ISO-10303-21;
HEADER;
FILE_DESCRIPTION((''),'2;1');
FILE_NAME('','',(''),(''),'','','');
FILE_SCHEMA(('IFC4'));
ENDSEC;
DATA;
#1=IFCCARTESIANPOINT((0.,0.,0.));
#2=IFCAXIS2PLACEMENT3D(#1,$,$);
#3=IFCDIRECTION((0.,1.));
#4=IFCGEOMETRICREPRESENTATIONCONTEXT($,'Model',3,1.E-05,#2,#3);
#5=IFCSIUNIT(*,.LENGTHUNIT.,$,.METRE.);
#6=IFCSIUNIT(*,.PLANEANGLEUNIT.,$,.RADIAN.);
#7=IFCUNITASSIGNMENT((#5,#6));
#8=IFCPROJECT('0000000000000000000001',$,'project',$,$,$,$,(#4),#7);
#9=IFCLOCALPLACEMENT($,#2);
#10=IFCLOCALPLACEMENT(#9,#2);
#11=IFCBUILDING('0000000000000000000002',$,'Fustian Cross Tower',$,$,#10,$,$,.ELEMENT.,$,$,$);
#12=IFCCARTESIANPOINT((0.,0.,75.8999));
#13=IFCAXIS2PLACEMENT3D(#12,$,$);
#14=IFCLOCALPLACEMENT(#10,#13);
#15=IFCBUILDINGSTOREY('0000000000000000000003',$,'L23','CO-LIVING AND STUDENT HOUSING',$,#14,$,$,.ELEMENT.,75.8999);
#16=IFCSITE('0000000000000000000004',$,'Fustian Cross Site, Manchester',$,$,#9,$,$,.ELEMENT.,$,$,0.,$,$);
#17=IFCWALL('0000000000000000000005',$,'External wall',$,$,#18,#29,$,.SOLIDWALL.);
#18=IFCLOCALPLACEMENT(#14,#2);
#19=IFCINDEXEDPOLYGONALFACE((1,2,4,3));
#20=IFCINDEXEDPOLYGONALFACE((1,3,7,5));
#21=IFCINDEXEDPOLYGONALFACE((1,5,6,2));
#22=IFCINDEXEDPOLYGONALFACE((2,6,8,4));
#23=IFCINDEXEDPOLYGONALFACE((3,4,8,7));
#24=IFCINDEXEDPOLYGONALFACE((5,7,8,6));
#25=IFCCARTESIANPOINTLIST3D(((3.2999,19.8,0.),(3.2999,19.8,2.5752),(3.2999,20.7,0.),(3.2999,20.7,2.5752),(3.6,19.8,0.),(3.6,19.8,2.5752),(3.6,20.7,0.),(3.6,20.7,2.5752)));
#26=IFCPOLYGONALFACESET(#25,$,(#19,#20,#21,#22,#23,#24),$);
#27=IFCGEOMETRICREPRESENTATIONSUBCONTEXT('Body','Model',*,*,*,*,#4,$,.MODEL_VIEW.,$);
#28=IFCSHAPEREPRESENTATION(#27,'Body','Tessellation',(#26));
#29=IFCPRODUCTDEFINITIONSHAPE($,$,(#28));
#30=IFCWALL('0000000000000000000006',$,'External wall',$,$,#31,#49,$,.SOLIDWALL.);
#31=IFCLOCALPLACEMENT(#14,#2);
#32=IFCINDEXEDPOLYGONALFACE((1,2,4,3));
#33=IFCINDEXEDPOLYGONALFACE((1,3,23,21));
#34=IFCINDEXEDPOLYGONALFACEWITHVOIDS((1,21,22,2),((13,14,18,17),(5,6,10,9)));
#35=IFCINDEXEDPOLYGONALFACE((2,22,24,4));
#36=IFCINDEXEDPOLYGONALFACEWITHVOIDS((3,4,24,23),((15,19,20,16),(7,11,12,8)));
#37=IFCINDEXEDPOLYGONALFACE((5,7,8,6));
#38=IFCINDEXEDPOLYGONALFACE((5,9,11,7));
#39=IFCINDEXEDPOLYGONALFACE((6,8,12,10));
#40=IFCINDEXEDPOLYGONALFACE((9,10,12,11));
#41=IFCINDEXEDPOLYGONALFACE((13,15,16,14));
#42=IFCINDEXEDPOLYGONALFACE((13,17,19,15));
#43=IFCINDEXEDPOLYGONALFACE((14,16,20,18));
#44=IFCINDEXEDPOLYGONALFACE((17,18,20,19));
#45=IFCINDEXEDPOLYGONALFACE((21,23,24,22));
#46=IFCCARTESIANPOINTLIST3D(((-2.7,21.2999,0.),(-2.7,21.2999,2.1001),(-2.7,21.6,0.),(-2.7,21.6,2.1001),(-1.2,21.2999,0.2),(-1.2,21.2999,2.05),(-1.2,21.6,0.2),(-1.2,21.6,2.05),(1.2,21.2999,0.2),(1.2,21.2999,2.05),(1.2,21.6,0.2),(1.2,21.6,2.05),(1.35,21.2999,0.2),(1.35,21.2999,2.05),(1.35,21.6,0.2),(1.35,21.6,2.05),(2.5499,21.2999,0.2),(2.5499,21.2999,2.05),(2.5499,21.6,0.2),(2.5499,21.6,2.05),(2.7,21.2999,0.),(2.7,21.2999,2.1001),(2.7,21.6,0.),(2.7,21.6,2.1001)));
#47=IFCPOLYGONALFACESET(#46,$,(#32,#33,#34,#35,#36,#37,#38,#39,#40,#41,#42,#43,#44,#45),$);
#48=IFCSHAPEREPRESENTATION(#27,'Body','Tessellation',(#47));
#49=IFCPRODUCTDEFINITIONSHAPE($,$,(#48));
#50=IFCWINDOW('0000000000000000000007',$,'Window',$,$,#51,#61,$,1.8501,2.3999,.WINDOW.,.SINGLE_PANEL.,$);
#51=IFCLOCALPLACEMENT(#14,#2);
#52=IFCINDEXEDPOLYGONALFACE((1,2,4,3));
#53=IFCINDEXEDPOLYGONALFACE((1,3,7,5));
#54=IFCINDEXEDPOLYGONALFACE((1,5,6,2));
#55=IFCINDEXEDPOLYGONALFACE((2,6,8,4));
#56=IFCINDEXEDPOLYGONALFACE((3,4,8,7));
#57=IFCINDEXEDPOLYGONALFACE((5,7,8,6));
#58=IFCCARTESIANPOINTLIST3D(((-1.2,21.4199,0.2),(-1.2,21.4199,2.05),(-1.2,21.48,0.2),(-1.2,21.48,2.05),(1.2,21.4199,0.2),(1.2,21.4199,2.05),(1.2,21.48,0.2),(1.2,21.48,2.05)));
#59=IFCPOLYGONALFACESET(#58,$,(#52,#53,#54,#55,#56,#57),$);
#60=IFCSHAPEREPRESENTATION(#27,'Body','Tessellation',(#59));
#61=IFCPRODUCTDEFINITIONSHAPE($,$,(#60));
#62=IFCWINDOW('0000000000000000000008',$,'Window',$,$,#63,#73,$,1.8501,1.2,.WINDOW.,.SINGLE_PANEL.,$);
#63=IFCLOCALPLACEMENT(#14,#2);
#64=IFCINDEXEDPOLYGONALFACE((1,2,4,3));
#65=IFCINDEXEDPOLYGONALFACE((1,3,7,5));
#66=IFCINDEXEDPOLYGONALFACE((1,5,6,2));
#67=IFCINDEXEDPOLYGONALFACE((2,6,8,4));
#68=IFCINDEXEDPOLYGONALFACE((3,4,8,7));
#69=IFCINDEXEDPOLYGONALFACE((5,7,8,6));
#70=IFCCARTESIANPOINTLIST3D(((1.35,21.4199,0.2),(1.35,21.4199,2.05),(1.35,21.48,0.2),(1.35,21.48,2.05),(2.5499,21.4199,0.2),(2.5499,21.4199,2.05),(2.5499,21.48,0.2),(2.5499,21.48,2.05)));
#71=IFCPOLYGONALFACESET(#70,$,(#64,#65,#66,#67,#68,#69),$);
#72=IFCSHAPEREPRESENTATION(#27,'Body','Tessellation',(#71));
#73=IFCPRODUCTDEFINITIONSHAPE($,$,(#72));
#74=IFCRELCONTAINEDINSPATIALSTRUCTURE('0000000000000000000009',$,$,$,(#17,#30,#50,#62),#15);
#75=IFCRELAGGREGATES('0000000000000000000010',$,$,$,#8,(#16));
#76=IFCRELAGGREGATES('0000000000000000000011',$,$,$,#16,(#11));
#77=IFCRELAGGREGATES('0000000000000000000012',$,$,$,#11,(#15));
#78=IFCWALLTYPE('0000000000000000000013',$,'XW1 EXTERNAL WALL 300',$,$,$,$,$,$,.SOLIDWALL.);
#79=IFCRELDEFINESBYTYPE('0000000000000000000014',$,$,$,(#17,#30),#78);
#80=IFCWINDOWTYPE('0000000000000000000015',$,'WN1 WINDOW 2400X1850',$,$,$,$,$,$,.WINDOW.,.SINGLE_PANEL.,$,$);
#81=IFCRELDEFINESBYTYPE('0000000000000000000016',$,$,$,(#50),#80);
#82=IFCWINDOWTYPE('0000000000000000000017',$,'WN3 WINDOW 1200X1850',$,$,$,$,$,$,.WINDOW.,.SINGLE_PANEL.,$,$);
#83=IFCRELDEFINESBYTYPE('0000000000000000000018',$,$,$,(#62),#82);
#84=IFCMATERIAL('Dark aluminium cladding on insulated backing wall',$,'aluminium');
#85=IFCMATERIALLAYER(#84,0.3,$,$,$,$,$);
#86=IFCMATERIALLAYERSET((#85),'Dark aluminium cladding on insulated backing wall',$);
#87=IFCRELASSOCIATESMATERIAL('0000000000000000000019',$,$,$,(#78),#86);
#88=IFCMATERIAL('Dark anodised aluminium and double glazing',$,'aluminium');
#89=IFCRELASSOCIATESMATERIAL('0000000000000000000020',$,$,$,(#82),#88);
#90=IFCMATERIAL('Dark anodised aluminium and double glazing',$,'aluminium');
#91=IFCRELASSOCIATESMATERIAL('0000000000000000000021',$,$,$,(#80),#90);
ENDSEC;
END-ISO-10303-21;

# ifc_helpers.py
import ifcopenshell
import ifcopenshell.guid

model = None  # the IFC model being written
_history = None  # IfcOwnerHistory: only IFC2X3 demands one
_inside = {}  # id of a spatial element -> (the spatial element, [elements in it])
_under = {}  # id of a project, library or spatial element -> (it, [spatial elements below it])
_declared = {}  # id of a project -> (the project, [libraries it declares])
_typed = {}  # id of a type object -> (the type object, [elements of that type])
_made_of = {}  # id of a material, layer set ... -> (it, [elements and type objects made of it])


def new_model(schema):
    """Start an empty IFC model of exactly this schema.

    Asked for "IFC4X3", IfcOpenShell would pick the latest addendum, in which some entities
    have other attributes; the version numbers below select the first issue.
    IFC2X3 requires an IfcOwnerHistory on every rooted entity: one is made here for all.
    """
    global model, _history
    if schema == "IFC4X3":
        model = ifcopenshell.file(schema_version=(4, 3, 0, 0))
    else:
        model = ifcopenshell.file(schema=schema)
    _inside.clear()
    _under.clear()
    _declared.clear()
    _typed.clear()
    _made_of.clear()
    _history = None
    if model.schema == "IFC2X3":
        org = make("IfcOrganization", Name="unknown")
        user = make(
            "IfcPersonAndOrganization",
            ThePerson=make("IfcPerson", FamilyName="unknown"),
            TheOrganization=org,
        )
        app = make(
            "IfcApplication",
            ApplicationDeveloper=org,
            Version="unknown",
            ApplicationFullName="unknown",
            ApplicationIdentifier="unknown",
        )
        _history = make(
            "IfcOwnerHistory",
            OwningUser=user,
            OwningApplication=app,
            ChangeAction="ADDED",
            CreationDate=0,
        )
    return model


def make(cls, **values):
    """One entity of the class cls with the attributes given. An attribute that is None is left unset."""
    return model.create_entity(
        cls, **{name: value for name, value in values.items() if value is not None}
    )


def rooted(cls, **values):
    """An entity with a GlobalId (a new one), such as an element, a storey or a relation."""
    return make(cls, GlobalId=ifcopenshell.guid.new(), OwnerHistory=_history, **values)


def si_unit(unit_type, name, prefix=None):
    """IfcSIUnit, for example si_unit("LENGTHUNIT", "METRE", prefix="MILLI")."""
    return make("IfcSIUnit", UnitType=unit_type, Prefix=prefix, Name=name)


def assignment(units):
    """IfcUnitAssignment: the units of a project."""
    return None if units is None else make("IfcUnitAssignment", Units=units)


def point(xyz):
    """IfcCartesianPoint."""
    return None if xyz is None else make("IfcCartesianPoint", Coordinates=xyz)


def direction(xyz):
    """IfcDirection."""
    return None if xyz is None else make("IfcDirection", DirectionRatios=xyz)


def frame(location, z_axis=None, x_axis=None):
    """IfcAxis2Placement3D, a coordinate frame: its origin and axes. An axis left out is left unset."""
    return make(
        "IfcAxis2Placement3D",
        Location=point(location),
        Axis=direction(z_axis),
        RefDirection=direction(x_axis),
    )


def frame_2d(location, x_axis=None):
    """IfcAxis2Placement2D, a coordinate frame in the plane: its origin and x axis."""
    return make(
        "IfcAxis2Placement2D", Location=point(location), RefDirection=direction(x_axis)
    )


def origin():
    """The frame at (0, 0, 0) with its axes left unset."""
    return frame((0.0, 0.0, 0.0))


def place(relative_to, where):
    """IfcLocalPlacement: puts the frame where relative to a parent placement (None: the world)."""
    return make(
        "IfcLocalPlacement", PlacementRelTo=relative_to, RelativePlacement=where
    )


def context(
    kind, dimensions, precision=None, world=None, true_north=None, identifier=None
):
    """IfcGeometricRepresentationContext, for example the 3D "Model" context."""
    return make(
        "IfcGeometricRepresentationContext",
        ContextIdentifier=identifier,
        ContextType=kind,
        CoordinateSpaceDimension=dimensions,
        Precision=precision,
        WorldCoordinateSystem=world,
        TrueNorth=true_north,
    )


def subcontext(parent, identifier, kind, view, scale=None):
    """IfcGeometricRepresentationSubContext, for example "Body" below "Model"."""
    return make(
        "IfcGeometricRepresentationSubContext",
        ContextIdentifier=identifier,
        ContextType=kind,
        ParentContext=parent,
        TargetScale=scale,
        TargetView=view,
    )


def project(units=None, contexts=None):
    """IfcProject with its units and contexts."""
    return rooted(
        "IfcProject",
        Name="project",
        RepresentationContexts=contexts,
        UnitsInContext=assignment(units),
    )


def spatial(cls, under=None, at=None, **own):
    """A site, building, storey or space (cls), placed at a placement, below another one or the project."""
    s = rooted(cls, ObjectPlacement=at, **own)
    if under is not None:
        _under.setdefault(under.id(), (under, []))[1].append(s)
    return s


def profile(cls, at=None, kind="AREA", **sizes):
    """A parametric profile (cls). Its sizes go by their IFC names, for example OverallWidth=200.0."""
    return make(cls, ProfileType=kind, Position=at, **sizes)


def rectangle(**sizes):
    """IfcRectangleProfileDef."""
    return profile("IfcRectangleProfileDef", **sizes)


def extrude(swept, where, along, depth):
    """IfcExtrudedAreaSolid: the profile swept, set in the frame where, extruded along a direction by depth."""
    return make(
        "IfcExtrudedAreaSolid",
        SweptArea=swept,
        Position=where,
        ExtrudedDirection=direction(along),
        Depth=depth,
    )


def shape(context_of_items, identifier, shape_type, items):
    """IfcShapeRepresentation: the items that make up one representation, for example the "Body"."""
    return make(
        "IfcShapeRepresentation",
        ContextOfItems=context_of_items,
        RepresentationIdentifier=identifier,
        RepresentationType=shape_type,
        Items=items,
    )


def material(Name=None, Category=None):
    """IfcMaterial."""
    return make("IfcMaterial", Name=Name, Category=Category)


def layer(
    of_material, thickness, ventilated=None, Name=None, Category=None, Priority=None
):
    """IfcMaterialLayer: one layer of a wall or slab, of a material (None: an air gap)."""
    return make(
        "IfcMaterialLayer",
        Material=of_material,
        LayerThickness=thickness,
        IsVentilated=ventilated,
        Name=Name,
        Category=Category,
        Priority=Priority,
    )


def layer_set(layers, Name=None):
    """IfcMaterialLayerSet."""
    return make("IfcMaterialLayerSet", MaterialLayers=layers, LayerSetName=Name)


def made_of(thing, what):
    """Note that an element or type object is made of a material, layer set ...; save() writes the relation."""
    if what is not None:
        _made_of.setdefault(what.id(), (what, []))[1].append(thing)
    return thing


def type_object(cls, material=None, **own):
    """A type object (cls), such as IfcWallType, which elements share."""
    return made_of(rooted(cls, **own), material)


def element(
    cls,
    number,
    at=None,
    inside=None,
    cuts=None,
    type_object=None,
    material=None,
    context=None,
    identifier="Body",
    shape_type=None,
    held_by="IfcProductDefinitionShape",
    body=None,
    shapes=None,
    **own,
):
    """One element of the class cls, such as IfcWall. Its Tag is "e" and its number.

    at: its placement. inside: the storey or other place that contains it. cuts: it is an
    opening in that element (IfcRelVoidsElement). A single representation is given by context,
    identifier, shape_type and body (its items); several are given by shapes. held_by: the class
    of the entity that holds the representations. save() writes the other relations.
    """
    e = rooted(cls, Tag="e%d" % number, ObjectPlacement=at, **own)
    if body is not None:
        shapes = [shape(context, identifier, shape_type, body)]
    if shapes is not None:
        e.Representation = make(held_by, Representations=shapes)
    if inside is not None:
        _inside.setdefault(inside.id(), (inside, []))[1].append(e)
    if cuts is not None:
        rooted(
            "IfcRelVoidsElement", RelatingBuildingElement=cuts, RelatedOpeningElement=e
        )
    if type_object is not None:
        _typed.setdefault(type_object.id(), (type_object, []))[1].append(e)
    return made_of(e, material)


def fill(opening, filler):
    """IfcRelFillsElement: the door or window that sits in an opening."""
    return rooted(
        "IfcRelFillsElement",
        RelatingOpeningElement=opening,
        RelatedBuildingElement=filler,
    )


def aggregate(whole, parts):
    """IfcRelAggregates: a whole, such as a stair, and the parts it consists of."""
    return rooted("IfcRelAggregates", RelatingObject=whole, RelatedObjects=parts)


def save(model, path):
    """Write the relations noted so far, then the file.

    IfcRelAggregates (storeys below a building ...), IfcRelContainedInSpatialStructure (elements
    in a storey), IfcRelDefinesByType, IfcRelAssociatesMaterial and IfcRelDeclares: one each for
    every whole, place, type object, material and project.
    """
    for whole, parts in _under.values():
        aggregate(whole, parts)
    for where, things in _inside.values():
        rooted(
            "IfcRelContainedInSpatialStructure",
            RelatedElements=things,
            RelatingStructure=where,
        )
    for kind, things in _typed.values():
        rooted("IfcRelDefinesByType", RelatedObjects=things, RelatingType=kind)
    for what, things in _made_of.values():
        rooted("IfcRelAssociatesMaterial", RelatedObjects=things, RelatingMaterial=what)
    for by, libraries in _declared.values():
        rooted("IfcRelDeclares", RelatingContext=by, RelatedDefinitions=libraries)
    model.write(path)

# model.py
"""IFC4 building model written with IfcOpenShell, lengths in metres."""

from ifc_helpers import new_model, si_unit, direction, frame, frame_2d, origin, place, context, subcontext, project, spatial, rectangle, extrude, material, layer, layer_set, type_object, element, fill, save


model = new_model("IFC4")

# Units and contexts
model_context = context("Model", 3, precision=1e-05, world=origin(), true_north=direction((0.0, 1.0)))
body_context = subcontext(model_context, "Body", "Model", "MODEL_VIEW")
ifc_project = project(units=[si_unit("LENGTHUNIT", "METRE"), si_unit("PLANEANGLEUNIT", "RADIAN")], contexts=[model_context])

# Site, building, storey
site_placement = place(None, origin())
site = spatial("IfcSite", under=ifc_project, at=site_placement, Name="Fustian Cross Site, Manchester", CompositionType="ELEMENT", RefElevation=0.0)
building_placement = place(site_placement, origin())
building = spatial("IfcBuilding", under=site, at=building_placement, Name="Fustian Cross Tower", CompositionType="ELEMENT")
storey_placement = place(building_placement, frame((0.0, 0.0, 75.8999)))
storey = spatial("IfcBuildingStorey", under=building, at=storey_placement, Name="L23", Description="CO-LIVING AND STUDENT HOUSING", CompositionType="ELEMENT", Elevation=75.8999)

# Shared definitions
ifc_material_1 = material(Name="Dark aluminium cladding on insulated backing wall", Category="aluminium")
ifc_layer_1 = layer(ifc_material_1, 0.3)
ifc_layer_set_1 = layer_set([ifc_layer_1], Name="Dark aluminium cladding on insulated backing wall")
wall_type_1 = type_object("IfcWallType", Name="XW1 EXTERNAL WALL 300", PredefinedType="SOLIDWALL", material=ifc_layer_set_1)

# Shared definitions
ifc_material_2 = material(Name="Dark anodised aluminium and double glazing", Category="aluminium")
window_type_1 = type_object("IfcWindowType", Name="WN3 WINDOW 1200X1850", PartitioningType="SINGLE_PANEL", PredefinedType="WINDOW", material=ifc_material_2)

# Wall
wall_1_placement = place(storey_placement, frame((3.45, 19.8, 0.0), z_axis=(0.0, 0.0, 1.0), x_axis=(0.0, 1.0, 0.0)))
element("IfcWall", 1, at=wall_1_placement, inside=storey, type_object=wall_type_1, Name="External wall", PredefinedType="SOLIDWALL", context=body_context, shape_type="SweptSolid", body=[
    extrude(rectangle(XDim=0.8999, YDim=0.3, at=frame_2d((0.45, 0.0))), origin(), (0.0, 0.0, 1.0), 2.5752),
])

# Wall, openings, windows
wall_2_placement = place(storey_placement, frame((2.7, 21.45, 0.0), z_axis=(0.0, 0.0, 1.0), x_axis=(-1.0, 0.0, 0.0)))
wall_2 = element("IfcWall", 2, at=wall_2_placement, inside=storey, type_object=wall_type_1, Name="External wall", PredefinedType="SOLIDWALL", context=body_context, shape_type="SweptSolid", body=[
    extrude(rectangle(XDim=5.3999, YDim=0.3, at=frame_2d((2.7, 0.0))), origin(), (0.0, 0.0, 1.0), 2.1001),
])
opening_1_placement = place(wall_2_placement, frame((1.5, 0.0, 0.2)))
opening_1 = element("IfcOpeningElement", 3, at=opening_1_placement, cuts=wall_2, PredefinedType="OPENING", context=body_context, shape_type="SweptSolid", body=[
    extrude(rectangle(XDim=2.3999, YDim=1.8501, at=frame_2d((1.2, 0.925))), frame((0.0, 0.1599, 0.0), z_axis=(0.0, -1.0, 0.0), x_axis=(1.0, 0.0, 0.0)), (0.0, 0.0, 1.0), 0.3201),
])
opening_2_placement = place(wall_2_placement, frame((0.1499, 0.0, 0.2)))
opening_2 = element("IfcOpeningElement", 4, at=opening_2_placement, cuts=wall_2, PredefinedType="OPENING", context=body_context, shape_type="SweptSolid", body=[
    extrude(rectangle(XDim=1.2, YDim=1.8501, at=frame_2d((0.6001, 0.925))), frame((0.0, 0.1599, 0.0), z_axis=(0.0, -1.0, 0.0), x_axis=(1.0, 0.0, 0.0)), (0.0, 0.0, 1.0), 0.3201),
])
ifc_material_3 = material(Name="Dark anodised aluminium and double glazing", Category="aluminium")
window_type_2 = type_object("IfcWindowType", Name="WN1 WINDOW 2400X1850", PartitioningType="SINGLE_PANEL", PredefinedType="WINDOW", material=ifc_material_3)
window_1_placement = place(opening_1_placement, origin())
window_1 = element("IfcWindow", 5, at=window_1_placement, inside=storey, type_object=window_type_2, Name="Window", OverallHeight=1.8501, OverallWidth=2.3999, PartitioningType="SINGLE_PANEL", PredefinedType="WINDOW", context=body_context, shape_type="SweptSolid", body=[
    extrude(rectangle(XDim=2.3999, YDim=1.8501, at=frame_2d((1.2, 0.925))), frame((0.0, 0.03, 0.0), z_axis=(0.0, -1.0, 0.0), x_axis=(1.0, 0.0, 0.0)), (0.0, 0.0, 1.0), 0.0601),
])
fill(opening_1, window_1)
window_2_placement = place(opening_2_placement, origin())
window_2 = element("IfcWindow", 6, at=window_2_placement, inside=storey, type_object=window_type_1, Name="Window", OverallHeight=1.8501, OverallWidth=1.2, PartitioningType="SINGLE_PANEL", PredefinedType="WINDOW", context=body_context, shape_type="SweptSolid", body=[
    extrude(rectangle(XDim=1.2, YDim=1.8501, at=frame_2d((0.6001, 0.925))), frame((0.0, 0.03, 0.0), z_axis=(0.0, -1.0, 0.0), x_axis=(1.0, 0.0, 0.0)), (0.0, 0.0, 1.0), 0.0601),
])
fill(opening_2, window_2)

save(model, "model.ifc")
